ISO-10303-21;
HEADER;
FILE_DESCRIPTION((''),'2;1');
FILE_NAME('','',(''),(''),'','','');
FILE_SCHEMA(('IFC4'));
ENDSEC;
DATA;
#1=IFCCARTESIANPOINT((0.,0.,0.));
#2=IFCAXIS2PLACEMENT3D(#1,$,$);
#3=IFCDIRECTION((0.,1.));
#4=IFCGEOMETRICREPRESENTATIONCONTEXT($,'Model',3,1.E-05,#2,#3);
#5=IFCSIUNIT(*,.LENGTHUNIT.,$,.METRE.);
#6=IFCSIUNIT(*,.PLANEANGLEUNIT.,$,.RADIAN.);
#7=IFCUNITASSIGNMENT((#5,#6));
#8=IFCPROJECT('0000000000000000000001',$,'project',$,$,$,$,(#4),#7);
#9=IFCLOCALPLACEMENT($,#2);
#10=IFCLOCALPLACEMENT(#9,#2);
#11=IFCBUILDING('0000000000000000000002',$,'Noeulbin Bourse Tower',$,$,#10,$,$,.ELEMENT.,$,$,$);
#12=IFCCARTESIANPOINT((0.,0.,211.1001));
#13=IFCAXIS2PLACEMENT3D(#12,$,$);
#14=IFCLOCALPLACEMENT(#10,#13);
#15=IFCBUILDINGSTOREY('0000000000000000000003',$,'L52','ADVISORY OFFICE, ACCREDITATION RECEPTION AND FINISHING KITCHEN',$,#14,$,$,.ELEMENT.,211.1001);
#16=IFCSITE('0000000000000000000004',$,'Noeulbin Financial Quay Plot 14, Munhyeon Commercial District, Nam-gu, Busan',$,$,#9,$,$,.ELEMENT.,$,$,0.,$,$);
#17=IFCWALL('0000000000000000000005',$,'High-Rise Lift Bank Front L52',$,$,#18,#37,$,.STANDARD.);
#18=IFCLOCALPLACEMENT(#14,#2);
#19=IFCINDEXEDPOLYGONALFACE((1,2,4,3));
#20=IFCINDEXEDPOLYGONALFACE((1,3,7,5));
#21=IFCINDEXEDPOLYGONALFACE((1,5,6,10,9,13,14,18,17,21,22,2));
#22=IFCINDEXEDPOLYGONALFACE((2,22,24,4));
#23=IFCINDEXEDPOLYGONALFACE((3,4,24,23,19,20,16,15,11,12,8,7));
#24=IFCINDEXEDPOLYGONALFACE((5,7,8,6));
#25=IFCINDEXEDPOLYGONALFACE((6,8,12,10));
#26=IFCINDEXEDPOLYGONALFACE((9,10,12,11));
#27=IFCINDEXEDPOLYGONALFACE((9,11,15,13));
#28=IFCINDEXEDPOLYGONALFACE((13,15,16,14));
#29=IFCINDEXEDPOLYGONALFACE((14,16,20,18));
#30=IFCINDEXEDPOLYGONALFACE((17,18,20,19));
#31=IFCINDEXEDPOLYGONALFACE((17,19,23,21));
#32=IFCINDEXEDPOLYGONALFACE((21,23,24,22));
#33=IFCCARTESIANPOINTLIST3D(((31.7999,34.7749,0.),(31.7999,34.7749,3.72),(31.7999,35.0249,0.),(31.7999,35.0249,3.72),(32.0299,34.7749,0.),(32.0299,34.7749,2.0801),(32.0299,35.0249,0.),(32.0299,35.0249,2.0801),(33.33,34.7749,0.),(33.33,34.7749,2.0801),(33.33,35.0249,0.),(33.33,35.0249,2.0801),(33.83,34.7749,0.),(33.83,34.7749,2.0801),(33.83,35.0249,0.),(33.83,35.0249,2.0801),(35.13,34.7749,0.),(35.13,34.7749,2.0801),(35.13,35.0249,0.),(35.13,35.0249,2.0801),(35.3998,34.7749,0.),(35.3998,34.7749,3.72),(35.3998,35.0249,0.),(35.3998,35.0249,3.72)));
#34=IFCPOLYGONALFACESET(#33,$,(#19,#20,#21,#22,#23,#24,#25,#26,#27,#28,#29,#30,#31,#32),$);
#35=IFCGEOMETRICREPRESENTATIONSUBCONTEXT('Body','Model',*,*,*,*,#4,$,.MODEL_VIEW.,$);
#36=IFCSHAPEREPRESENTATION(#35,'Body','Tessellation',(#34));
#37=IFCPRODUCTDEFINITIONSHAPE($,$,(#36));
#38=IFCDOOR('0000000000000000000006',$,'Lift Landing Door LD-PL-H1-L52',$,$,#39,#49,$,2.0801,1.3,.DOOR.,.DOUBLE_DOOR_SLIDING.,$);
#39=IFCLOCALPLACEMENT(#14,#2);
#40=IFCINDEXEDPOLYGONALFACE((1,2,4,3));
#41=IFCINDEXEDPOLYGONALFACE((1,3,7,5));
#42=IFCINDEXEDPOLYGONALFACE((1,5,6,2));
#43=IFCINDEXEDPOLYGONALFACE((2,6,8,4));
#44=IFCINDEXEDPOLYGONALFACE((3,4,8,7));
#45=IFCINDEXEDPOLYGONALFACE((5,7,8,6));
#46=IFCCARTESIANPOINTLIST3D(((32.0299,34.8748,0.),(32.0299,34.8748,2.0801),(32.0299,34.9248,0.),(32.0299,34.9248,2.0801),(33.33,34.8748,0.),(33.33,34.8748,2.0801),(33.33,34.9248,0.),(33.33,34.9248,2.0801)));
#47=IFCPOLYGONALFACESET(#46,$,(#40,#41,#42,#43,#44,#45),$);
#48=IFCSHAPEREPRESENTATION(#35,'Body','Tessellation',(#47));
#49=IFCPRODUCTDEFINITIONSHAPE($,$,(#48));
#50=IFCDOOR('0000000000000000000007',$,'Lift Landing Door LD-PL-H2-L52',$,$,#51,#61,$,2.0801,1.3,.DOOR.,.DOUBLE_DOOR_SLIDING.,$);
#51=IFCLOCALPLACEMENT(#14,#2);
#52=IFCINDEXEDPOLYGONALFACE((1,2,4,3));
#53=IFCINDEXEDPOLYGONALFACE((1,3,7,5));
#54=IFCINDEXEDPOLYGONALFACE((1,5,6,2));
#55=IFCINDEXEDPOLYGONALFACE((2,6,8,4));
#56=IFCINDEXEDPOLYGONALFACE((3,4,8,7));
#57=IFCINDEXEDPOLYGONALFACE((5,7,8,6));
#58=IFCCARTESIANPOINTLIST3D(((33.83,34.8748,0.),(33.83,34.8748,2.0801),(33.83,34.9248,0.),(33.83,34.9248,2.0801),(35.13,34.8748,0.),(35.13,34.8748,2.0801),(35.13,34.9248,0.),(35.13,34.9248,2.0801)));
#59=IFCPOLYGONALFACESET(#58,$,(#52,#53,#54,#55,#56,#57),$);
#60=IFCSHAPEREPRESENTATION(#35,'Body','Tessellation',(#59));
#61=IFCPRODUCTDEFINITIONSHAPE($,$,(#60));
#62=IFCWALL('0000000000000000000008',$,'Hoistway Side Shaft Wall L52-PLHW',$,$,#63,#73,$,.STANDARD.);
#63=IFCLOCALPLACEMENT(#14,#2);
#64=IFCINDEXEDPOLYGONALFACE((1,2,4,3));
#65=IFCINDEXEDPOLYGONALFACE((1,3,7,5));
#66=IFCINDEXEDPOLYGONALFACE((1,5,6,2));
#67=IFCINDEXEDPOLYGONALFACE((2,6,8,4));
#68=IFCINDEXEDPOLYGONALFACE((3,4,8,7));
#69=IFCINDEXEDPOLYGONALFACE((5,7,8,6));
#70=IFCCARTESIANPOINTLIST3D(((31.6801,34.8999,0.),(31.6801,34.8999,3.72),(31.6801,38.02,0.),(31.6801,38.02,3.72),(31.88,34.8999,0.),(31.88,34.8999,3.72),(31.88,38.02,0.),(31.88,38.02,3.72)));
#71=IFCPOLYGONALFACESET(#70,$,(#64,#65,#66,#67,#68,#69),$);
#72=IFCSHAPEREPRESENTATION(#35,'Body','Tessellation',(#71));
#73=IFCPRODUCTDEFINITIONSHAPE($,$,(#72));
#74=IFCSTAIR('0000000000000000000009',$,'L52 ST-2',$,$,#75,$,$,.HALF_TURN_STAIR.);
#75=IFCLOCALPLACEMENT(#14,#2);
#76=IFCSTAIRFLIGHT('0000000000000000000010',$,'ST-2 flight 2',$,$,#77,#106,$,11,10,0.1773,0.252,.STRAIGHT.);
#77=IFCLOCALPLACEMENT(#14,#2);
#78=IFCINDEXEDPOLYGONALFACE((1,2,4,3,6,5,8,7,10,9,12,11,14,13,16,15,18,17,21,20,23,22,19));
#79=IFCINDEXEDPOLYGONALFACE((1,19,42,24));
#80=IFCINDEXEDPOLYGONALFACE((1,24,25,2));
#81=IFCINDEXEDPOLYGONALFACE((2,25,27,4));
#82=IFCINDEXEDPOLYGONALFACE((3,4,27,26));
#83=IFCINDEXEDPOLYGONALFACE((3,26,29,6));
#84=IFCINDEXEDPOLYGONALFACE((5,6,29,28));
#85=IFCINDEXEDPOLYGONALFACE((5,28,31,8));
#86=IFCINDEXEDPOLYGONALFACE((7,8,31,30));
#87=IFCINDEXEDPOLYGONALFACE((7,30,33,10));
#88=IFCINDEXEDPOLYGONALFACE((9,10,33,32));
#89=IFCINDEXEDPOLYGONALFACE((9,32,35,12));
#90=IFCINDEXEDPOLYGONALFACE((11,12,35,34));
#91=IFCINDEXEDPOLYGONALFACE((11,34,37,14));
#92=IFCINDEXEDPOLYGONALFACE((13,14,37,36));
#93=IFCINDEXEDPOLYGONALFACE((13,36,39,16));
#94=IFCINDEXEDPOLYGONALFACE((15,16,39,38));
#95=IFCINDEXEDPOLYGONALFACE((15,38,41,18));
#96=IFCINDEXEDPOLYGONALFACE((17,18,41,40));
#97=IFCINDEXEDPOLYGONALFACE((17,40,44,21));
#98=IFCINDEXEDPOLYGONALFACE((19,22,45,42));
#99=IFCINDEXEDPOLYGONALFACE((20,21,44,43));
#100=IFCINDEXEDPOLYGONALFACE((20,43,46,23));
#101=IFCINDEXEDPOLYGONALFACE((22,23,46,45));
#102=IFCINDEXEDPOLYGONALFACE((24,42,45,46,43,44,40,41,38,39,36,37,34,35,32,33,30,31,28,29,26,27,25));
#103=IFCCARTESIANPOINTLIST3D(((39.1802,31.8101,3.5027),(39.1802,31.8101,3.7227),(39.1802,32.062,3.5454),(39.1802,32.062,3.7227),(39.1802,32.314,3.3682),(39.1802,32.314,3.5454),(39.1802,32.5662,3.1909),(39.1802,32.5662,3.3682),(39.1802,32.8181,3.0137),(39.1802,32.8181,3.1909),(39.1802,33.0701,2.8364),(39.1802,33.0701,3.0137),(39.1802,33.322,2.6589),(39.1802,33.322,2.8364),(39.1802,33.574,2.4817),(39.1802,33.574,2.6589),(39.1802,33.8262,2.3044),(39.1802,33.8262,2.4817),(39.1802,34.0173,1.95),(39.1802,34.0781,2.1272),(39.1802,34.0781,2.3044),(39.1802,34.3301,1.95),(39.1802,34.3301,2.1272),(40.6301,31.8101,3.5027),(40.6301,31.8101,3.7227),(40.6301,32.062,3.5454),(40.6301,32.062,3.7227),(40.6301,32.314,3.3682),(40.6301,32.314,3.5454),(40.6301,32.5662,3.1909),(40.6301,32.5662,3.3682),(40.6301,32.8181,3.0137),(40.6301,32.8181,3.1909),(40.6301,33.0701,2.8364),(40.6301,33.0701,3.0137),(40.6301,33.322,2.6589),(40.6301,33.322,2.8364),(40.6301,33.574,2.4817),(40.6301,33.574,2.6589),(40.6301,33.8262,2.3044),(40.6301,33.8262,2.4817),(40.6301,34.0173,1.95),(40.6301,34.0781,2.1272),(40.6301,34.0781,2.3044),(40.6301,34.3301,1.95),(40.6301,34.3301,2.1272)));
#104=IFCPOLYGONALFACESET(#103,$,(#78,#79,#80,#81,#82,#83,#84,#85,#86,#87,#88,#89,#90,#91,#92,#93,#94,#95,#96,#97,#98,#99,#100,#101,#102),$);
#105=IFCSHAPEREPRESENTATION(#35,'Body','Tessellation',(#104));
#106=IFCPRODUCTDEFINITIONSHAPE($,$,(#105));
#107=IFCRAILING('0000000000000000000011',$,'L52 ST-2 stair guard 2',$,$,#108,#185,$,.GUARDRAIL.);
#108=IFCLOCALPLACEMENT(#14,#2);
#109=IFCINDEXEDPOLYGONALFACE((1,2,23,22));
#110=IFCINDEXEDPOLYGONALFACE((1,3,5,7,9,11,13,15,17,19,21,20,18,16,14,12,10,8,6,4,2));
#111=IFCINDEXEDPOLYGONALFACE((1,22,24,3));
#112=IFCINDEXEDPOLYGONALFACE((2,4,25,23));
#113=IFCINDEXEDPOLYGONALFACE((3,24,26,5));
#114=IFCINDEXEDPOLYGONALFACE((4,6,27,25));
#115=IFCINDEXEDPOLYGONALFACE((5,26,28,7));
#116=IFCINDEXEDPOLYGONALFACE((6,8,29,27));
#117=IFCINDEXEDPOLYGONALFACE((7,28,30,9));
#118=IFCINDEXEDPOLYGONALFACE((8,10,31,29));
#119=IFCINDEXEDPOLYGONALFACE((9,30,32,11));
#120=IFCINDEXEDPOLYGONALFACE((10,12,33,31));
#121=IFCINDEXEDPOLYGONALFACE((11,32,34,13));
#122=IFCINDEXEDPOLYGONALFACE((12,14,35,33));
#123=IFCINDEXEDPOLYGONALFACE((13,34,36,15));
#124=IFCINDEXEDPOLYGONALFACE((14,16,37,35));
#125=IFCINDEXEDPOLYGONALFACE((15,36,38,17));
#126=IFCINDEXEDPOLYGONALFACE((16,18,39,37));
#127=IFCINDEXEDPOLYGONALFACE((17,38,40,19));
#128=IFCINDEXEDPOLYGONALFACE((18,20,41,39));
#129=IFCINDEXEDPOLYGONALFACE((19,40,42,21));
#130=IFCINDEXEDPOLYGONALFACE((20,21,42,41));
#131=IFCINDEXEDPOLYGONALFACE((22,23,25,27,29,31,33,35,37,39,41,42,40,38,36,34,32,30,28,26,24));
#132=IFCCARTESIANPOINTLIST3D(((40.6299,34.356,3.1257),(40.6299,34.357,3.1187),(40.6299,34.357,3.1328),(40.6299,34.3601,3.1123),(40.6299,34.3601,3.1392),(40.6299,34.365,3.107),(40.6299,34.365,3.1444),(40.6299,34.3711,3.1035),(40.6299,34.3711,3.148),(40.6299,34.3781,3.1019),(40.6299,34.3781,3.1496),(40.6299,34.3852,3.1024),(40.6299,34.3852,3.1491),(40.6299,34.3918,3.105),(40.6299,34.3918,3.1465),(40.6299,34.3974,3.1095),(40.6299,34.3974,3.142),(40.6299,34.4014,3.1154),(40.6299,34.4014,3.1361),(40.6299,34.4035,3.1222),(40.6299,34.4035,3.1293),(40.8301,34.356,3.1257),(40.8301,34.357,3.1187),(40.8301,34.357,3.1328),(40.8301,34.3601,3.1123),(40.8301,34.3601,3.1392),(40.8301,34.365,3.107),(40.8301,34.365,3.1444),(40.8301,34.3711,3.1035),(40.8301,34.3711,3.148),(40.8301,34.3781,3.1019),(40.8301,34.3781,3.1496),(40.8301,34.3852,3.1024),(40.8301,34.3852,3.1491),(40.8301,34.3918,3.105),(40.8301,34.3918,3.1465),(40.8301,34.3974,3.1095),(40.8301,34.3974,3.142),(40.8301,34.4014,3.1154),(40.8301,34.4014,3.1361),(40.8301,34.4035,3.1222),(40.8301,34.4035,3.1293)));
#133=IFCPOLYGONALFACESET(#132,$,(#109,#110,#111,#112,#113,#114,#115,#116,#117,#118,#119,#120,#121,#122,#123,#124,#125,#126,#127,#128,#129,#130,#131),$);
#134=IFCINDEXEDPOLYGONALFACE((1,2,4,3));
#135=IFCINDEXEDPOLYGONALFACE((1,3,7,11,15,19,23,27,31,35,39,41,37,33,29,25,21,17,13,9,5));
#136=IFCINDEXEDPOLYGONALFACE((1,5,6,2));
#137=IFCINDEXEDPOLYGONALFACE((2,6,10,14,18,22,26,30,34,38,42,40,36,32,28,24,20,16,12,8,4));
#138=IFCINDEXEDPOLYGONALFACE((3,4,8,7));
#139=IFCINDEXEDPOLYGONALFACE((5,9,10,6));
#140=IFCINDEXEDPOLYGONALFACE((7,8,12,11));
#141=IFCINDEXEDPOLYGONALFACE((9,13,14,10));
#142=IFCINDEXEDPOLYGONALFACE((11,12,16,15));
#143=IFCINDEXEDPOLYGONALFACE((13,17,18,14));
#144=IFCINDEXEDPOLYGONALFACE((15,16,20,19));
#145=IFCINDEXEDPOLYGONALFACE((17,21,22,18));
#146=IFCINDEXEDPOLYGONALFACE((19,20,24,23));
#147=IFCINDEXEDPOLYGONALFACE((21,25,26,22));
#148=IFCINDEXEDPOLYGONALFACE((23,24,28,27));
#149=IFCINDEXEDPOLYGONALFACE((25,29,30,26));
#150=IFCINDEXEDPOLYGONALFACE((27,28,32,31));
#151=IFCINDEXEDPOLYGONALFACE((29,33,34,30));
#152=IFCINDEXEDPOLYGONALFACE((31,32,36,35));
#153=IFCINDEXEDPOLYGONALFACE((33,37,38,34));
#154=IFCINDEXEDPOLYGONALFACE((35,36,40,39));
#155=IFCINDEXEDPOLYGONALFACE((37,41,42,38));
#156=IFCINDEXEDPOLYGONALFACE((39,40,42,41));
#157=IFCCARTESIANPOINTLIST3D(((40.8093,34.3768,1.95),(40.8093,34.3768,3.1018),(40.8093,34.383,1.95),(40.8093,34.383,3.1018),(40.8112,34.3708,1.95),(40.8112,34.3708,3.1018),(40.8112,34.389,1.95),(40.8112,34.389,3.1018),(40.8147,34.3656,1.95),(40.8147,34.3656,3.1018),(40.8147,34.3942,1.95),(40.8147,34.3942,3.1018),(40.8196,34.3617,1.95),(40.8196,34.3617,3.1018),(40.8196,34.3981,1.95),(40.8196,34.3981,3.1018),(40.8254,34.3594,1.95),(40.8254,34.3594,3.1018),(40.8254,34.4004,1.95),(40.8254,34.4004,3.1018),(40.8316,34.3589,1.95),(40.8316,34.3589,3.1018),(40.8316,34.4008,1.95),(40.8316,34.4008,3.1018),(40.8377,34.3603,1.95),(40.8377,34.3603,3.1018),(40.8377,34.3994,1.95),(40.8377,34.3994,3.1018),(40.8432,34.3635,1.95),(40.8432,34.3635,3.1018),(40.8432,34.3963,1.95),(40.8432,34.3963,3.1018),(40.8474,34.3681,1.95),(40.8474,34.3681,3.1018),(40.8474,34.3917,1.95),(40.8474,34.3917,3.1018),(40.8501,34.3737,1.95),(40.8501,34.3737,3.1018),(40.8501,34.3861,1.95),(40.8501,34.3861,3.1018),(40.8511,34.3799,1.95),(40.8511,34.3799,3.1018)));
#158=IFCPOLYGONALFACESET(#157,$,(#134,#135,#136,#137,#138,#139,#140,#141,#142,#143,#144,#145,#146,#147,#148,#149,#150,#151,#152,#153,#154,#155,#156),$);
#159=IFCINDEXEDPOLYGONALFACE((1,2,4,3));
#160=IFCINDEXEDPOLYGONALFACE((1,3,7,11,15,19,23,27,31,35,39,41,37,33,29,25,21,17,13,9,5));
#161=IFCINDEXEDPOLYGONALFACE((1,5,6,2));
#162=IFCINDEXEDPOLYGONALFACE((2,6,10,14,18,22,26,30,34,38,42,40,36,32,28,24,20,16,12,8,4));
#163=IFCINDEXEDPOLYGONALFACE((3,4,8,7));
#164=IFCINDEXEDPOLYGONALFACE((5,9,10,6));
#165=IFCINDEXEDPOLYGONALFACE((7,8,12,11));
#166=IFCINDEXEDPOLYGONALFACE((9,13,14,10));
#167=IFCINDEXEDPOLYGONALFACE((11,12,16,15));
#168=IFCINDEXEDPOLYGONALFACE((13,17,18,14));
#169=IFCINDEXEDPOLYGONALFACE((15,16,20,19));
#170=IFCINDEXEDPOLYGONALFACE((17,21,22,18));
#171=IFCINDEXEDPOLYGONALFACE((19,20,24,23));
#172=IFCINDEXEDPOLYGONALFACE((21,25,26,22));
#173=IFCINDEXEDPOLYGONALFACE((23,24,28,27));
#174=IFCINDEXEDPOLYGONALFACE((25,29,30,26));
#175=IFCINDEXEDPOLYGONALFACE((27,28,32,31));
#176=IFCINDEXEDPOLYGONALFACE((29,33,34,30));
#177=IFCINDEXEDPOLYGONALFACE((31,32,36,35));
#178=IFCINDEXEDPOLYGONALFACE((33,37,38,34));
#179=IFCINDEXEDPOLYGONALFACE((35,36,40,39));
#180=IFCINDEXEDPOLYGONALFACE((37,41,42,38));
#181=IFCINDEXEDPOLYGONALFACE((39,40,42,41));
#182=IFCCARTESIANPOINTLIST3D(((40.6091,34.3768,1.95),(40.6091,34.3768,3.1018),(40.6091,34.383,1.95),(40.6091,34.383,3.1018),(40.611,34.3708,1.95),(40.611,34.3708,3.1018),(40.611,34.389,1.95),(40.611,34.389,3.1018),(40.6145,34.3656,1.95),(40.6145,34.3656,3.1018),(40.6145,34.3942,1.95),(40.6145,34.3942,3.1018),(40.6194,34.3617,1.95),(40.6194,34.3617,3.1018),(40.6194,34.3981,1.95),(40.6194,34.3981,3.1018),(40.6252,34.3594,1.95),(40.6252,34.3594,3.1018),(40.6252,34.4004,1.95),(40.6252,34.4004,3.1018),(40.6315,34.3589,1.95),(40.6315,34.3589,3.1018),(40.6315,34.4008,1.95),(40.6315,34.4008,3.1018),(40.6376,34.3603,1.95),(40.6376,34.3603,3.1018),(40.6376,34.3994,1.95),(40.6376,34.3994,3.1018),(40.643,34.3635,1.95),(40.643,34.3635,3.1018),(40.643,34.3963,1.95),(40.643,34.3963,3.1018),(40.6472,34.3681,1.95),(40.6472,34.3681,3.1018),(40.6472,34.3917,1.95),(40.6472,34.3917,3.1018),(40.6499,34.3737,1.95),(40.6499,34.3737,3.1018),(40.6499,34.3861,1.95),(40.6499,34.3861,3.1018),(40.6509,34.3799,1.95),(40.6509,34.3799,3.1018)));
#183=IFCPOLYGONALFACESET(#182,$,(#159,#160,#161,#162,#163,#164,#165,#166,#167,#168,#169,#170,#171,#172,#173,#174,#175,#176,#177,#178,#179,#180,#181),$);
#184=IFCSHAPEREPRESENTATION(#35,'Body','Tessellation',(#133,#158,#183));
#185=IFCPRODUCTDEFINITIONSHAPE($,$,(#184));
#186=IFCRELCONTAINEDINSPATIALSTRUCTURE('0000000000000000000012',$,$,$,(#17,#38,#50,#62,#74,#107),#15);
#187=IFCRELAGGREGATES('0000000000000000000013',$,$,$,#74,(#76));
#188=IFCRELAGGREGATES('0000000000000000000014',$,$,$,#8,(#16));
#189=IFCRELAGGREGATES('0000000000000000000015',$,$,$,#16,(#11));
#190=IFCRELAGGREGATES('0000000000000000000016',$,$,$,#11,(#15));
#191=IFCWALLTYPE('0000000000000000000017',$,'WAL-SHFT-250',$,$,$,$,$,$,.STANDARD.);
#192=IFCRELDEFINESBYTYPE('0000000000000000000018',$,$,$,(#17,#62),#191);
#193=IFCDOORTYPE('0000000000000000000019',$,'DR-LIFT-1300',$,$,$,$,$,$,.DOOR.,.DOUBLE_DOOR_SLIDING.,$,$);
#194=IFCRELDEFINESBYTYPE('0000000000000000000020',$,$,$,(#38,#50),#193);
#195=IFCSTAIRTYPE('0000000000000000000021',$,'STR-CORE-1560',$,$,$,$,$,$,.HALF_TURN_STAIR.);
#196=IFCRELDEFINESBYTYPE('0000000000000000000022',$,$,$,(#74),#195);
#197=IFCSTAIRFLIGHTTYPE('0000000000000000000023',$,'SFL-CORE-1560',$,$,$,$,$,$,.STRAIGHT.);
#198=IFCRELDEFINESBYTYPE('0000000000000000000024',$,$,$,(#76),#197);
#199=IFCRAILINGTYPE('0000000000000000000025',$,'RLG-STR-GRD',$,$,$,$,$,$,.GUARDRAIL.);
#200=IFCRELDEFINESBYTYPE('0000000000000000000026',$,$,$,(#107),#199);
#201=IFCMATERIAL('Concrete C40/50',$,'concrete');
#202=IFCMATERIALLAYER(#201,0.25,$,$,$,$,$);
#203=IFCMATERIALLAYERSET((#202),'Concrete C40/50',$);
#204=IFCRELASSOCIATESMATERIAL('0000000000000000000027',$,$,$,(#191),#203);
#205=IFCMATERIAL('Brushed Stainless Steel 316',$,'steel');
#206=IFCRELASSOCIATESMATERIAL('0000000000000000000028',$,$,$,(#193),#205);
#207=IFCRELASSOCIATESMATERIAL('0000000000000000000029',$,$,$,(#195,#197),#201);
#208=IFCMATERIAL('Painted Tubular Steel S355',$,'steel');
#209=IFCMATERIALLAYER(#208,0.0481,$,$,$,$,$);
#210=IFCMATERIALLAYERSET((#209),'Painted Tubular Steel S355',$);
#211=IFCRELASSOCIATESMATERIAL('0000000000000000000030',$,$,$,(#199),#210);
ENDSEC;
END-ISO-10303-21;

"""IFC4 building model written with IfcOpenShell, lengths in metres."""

from ifc_helpers import new_model, si_unit, direction, frame, frame_2d, origin, origin_2d, place, context, subcontext, project, spatial, polyline, rectangle, circle, outline, extrude, material, layer, layer_set, type_object, element, fill, aggregate, save


model = new_model("IFC4")

# Units and contexts
model_context = context("Model", 3, precision=1e-05, world=origin(), true_north=direction((0.0, 1.0)))
body_context = subcontext(model_context, "Body", "Model", "MODEL_VIEW")
ifc_project = project(units=[si_unit("LENGTHUNIT", "METRE"), si_unit("PLANEANGLEUNIT", "RADIAN")], contexts=[model_context])

# Site, building, storey
site_placement = place(None, origin())
site = spatial("IfcSite", under=ifc_project, at=site_placement, Name="Noeulbin Financial Quay Plot 14, Munhyeon Commercial District, Nam-gu, Busan", CompositionType="ELEMENT", RefElevation=0.0)
building_placement = place(site_placement, origin())
building = spatial("IfcBuilding", under=site, at=building_placement, Name="Noeulbin Bourse Tower", CompositionType="ELEMENT")
storey_placement = place(building_placement, frame((0.0, 0.0, 211.1001)))
storey = spatial("IfcBuildingStorey", under=building, at=storey_placement, Name="L52", Description="ADVISORY OFFICE, ACCREDITATION RECEPTION AND FINISHING KITCHEN", CompositionType="ELEMENT", Elevation=211.1001)

# Shared definitions
ifc_material_1 = material(Name="Concrete C40/50", Category="concrete")
ifc_layer_1 = layer(ifc_material_1, 0.25)
ifc_layer_set_1 = layer_set([ifc_layer_1], Name="Concrete C40/50")
wall_type = type_object("IfcWallType", Name="WAL-SHFT-250", PredefinedType="STANDARD", material=ifc_layer_set_1)

# Wall, openings, doors
wall_1_placement = place(storey_placement, frame((31.8, 34.8999, 0.0), z_axis=(0.0, 0.0, 1.0), x_axis=(1.0, 0.0, 0.0)))
wall_1 = element("IfcWall", 1, at=wall_1_placement, inside=storey, type_object=wall_type, Name="High-Rise Lift Bank Front L52", PredefinedType="STANDARD", context=body_context, shape_type="SweptSolid", body=[
    extrude(rectangle(XDim=3.5999, YDim=0.25, at=frame_2d((1.7998, 0.0))), origin(), (0.0, 0.0, 1.0), 3.72),
])
opening_1_placement = place(wall_1_placement, frame((0.23, 0.0, 0.0)))
opening_1 = element("IfcOpeningElement", 2, at=opening_1_placement, cuts=wall_1, PredefinedType="OPENING", context=body_context, shape_type="SweptSolid", body=[
    extrude(rectangle(XDim=1.3, YDim=2.0801, at=frame_2d((0.6499, 1.04))), frame((0.0, 0.135, 0.0), z_axis=(0.0, -1.0, 0.0), x_axis=(1.0, 0.0, 0.0)), (0.0, 0.0, 1.0), 0.27),
])
opening_2_placement = place(wall_1_placement, frame((2.03, 0.0, 0.0)))
opening_2 = element("IfcOpeningElement", 3, at=opening_2_placement, cuts=wall_1, PredefinedType="OPENING", context=body_context, shape_type="SweptSolid", body=[
    extrude(rectangle(XDim=1.3, YDim=2.0801, at=frame_2d((0.6499, 1.04))), frame((0.0, 0.135, 0.0), z_axis=(0.0, -1.0, 0.0), x_axis=(1.0, 0.0, 0.0)), (0.0, 0.0, 1.0), 0.27),
])
ifc_material_2 = material(Name="Brushed Stainless Steel 316", Category="steel")
door_type = type_object("IfcDoorType", Name="DR-LIFT-1300", OperationType="DOUBLE_DOOR_SLIDING", PredefinedType="DOOR", material=ifc_material_2)
door_1_placement = place(opening_1_placement, origin())
door_1 = element("IfcDoor", 4, at=door_1_placement, inside=storey, type_object=door_type, Name="Lift Landing Door LD-PL-H1-L52", OperationType="DOUBLE_DOOR_SLIDING", OverallHeight=2.0801, OverallWidth=1.3, PredefinedType="DOOR", context=body_context, shape_type="SweptSolid", body=[
    extrude(rectangle(XDim=1.3, YDim=2.0801, at=frame_2d((0.6499, 1.04))), frame((0.0, 0.0249, 0.0), z_axis=(0.0, -1.0, 0.0), x_axis=(1.0, 0.0, 0.0)), (0.0, 0.0, 1.0), 0.05),
])
fill(opening_1, door_1)
door_2_placement = place(opening_2_placement, origin())
door_2 = element("IfcDoor", 5, at=door_2_placement, inside=storey, type_object=door_type, Name="Lift Landing Door LD-PL-H2-L52", OperationType="DOUBLE_DOOR_SLIDING", OverallHeight=2.0801, OverallWidth=1.3, PredefinedType="DOOR", context=body_context, shape_type="SweptSolid", body=[
    extrude(rectangle(XDim=1.3, YDim=2.0801, at=frame_2d((0.6499, 1.04))), frame((0.0, 0.0249, 0.0), z_axis=(0.0, -1.0, 0.0), x_axis=(1.0, 0.0, 0.0)), (0.0, 0.0, 1.0), 0.05),
])
fill(opening_2, door_2)

# Wall
wall_2_placement = place(storey_placement, frame((31.78, 34.8999, 0.0), z_axis=(0.0, 0.0, 1.0), x_axis=(0.0, 1.0, 0.0)))
element("IfcWall", 6, at=wall_2_placement, inside=storey, type_object=wall_type, Name="Hoistway Side Shaft Wall L52-PLHW", PredefinedType="STANDARD", context=body_context, shape_type="SweptSolid", body=[
    extrude(rectangle(XDim=3.1201, YDim=0.2, at=frame_2d((1.5601, 0.0))), origin(), (0.0, 0.0, 1.0), 3.72),
])

# Stair, stair flight
stair_type = type_object("IfcStairType", Name="STR-CORE-1560", PredefinedType="HALF_TURN_STAIR", material=ifc_material_1)
stair_placement = place(storey_placement, origin())
stair = element("IfcStair", 7, at=stair_placement, inside=storey, type_object=stair_type, Name="L52 ST-2", PredefinedType="HALF_TURN_STAIR")
stair_flight_type = type_object("IfcStairFlightType", Name="SFL-CORE-1560", PredefinedType="STRAIGHT", material=ifc_material_1)
stair_flight_placement = place(storey_placement, frame((39.905, 34.3301, 1.95), z_axis=(0.0, 0.0, 1.0), x_axis=(0.0, -1.0, 0.0)))
stair_flight = element("IfcStairFlight", 8, at=stair_flight_placement, type_object=stair_flight_type, Name="ST-2 flight 2", NumberOfRisers=11, NumberOfTreads=10, PredefinedType="STRAIGHT", RiserHeight=0.1773, TreadLength=0.252, context=body_context, shape_type="SweptSolid", body=[
    extrude(outline(polyline([(0.0, 0.0), (0.0, 0.1772), (0.252, 0.1772), (0.252, 0.3545), (0.5039, 0.3545), (0.5039, 0.5317), (0.7561, 0.5317), (0.7561, 0.709), (1.0081, 0.709), (1.0081, 0.8865), (1.26, 0.8865), (1.26, 1.0637), (1.512, 1.0637), (1.512, 1.241), (1.7639, 1.241), (1.7639, 1.4182), (2.0161, 1.4182), (2.0161, 1.5955), (2.2681, 1.5955), (2.2681, 1.7727), (2.52, 1.7727), (2.52, 1.95), (2.52, 1.5527), (0.3127, 0.0), (0.0, 0.0)])), frame((0.0, 0.7251, 0.0), z_axis=(0.0, -1.0, 0.0), x_axis=(1.0, 0.0, 0.0)), (0.0, 0.0, 1.0), 1.45),
])
aggregate(stair, [stair_flight])

# Railing
ifc_material_3 = material(Name="Painted Tubular Steel S355", Category="steel")
ifc_layer_2 = layer(ifc_material_3, 0.0481)
ifc_layer_set_2 = layer_set([ifc_layer_2], Name="Painted Tubular Steel S355")
railing_type_1 = type_object("IfcRailingType", Name="RLG-STR-GRD", PredefinedType="GUARDRAIL", material=ifc_layer_set_2)
railing_1_placement = place(storey_placement, frame((40.8301, 34.3799, 1.95)))
element("IfcRailing", 9, at=railing_1_placement, inside=storey, type_object=railing_type_1, Name="L52 ST-2 stair guard 2", PredefinedType="GUARDRAIL", context=body_context, shape_type="SweptSolid", body=[
    extrude(circle(Radius=0.0239, at=origin_2d()), frame((0.0, 0.0, 1.1758), z_axis=(-1.0, 0.0, 0.0), x_axis=(0.0, -1.0, 0.0)), (0.0, 0.0, 1.0), 0.2002),
    extrude(circle(Radius=0.021, at=origin_2d()), origin(), (0.0, 0.0, 1.0), 1.1519),
    extrude(circle(Radius=0.021, at=origin_2d()), frame((-0.2002, 0.0, 0.0)), (0.0, 0.0, 1.0), 1.1519),
])

save(model, "model.ifc")
